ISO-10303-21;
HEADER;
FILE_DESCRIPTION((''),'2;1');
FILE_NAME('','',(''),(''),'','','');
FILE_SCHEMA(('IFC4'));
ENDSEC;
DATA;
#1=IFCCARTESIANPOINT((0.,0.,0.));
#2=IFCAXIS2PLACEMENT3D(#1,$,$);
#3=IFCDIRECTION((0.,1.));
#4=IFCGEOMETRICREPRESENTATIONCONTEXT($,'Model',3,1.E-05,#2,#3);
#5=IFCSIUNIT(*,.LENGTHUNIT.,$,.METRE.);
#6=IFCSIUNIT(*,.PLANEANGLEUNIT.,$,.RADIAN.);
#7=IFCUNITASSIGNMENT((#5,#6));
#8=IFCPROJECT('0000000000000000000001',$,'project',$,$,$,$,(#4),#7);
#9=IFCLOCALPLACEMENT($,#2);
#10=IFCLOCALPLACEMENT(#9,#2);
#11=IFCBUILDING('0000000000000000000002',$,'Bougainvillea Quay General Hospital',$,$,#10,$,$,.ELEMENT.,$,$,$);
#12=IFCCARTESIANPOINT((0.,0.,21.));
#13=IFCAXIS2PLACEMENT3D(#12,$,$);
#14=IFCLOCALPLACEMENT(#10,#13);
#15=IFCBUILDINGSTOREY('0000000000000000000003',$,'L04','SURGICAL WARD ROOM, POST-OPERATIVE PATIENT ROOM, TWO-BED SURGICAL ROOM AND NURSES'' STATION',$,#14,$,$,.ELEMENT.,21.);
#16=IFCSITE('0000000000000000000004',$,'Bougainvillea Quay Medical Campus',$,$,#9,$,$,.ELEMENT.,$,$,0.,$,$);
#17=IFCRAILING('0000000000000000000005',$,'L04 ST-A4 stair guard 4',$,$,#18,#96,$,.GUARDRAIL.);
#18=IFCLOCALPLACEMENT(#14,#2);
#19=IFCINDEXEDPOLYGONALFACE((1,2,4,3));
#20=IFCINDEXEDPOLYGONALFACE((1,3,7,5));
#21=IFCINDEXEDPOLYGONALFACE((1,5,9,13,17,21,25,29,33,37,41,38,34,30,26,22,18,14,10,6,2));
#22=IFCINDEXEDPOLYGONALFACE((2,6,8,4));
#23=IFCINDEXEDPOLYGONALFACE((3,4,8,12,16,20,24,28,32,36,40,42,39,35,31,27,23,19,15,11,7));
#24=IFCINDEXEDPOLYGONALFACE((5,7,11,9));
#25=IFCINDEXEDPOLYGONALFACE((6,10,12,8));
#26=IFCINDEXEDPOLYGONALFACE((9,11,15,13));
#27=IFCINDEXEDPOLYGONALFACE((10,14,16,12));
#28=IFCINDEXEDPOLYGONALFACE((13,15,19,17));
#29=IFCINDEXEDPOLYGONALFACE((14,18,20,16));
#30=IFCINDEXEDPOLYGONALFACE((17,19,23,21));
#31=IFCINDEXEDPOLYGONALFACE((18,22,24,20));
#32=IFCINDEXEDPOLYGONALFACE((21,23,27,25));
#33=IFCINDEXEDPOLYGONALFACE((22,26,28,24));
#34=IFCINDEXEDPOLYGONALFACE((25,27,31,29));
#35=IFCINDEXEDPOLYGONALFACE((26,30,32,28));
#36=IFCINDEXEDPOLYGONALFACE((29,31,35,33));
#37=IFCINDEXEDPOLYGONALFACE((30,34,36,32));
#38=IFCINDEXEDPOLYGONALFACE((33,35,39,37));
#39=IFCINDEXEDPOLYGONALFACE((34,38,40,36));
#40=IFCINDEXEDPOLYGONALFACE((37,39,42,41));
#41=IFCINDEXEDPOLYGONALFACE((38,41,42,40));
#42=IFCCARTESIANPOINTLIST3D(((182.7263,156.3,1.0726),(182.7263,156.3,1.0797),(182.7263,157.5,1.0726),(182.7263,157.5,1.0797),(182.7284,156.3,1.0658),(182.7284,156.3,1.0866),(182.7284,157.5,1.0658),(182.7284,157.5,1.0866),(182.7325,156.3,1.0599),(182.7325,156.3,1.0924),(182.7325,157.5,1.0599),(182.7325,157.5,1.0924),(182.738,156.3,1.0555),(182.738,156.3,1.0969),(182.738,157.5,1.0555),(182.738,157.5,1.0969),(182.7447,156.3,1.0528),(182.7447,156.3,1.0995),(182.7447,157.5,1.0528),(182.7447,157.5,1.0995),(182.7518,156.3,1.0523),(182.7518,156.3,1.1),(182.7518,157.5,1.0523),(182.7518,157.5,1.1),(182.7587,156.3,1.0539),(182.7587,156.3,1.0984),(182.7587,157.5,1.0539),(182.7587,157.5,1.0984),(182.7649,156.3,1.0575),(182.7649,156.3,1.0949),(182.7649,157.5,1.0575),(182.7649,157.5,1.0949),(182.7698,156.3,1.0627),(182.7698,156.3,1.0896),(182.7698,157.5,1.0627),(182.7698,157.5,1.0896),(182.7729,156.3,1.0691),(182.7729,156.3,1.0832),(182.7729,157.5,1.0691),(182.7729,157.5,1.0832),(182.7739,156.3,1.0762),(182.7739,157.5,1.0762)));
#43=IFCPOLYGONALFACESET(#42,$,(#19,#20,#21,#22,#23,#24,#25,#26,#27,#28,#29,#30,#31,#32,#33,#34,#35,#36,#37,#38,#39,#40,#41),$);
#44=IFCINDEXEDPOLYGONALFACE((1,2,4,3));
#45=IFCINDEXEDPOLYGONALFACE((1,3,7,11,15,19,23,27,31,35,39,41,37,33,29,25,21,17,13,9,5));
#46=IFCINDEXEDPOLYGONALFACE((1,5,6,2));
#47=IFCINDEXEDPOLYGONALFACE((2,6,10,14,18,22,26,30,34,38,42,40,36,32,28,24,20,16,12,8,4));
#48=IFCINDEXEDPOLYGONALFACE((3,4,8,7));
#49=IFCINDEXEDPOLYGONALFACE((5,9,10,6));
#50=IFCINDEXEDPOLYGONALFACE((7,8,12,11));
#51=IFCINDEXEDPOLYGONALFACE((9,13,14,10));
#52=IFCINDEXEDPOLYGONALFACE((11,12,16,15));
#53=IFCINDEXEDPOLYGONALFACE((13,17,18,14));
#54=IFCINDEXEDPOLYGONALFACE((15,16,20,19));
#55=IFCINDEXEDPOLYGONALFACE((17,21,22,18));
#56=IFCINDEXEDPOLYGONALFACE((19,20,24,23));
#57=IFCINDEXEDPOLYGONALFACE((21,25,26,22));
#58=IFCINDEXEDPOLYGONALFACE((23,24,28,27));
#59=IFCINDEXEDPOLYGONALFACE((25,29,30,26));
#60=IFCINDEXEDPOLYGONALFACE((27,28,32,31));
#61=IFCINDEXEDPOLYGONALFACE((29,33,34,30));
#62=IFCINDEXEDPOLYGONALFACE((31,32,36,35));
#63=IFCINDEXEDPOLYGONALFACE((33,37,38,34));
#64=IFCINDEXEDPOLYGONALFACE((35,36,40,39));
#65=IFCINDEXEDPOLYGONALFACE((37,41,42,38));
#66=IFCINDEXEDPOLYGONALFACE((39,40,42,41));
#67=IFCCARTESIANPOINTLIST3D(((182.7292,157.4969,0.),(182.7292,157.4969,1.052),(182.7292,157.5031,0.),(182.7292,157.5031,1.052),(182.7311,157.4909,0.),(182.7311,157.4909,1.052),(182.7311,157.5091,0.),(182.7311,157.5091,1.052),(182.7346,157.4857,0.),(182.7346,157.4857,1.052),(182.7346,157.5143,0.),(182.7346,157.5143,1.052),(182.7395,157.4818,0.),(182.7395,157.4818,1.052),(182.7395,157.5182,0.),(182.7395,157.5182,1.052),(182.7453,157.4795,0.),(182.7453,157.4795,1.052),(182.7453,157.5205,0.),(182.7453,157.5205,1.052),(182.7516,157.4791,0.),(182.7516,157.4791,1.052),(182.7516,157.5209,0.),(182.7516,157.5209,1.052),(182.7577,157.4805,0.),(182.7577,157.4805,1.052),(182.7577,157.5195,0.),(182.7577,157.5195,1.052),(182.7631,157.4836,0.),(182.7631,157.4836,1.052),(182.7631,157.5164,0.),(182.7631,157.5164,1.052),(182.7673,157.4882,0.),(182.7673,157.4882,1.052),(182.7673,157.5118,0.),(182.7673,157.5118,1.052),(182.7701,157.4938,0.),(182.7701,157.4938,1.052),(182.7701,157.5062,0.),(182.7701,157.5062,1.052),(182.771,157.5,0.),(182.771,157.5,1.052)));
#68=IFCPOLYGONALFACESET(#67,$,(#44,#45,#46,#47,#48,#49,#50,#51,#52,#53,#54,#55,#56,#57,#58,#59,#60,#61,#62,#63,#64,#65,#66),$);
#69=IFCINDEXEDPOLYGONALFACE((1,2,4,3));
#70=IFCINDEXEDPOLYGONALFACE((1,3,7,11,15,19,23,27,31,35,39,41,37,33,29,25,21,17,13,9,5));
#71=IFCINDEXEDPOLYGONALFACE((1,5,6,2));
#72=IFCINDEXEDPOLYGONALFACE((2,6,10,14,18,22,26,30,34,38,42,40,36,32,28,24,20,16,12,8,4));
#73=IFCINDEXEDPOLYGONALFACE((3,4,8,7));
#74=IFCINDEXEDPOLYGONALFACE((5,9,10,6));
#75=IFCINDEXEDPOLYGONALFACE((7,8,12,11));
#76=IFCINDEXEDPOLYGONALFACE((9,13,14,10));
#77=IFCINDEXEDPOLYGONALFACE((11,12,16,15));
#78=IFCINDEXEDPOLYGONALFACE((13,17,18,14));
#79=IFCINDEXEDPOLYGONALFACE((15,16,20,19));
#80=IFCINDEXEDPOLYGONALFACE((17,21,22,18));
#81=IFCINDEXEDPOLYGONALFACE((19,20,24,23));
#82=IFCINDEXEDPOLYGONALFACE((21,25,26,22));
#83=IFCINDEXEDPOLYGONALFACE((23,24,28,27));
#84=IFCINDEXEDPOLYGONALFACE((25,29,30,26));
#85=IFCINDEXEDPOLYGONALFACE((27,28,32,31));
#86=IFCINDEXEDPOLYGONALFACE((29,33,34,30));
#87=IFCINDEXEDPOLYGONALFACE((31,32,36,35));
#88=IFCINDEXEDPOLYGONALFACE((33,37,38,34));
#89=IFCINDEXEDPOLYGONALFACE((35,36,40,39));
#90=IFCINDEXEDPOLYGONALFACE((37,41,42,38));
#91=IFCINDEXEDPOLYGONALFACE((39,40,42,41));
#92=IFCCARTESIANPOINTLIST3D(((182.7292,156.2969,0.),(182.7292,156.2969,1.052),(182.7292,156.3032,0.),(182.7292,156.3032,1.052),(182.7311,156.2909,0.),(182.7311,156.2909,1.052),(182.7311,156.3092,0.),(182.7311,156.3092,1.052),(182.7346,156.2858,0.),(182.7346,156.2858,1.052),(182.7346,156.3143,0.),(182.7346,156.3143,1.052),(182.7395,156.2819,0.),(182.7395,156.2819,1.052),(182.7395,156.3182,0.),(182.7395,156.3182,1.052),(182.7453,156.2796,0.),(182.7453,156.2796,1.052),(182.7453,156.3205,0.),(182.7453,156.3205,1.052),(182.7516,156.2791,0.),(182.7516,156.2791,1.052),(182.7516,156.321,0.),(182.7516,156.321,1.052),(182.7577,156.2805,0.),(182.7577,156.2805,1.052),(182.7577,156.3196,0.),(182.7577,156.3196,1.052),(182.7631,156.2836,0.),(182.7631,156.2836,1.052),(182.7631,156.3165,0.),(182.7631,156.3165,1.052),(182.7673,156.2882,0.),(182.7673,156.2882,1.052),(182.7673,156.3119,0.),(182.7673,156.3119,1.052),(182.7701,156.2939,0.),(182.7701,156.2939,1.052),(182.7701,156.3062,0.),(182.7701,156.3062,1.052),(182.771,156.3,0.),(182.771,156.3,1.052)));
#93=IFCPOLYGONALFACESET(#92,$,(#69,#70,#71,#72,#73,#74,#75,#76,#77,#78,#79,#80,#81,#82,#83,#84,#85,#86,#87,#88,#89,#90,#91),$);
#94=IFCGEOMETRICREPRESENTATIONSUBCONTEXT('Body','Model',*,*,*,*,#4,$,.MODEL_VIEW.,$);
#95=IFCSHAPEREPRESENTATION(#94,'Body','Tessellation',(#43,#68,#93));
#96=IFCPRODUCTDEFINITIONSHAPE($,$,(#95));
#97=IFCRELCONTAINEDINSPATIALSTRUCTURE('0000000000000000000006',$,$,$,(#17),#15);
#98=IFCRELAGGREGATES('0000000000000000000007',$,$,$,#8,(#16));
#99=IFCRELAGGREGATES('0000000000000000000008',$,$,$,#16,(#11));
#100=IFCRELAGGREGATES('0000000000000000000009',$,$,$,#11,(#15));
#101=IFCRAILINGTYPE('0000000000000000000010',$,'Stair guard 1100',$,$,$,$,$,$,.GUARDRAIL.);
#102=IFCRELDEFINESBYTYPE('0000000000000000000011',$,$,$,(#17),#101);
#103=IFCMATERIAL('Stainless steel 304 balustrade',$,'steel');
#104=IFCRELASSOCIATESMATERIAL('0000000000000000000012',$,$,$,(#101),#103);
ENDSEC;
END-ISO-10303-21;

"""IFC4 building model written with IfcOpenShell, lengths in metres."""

from ifc_helpers import new_model, si_unit, direction, frame, origin, origin_2d, place, context, subcontext, project, spatial, circle, extrude, material, type_object, element, save


model = new_model("IFC4")

# Units and contexts
model_context = context("Model", 3, precision=1e-05, world=origin(), true_north=direction((0.0, 1.0)))
body_context = subcontext(model_context, "Body", "Model", "MODEL_VIEW")
ifc_project = project(units=[si_unit("LENGTHUNIT", "METRE"), si_unit("PLANEANGLEUNIT", "RADIAN")], contexts=[model_context])

# Site, building, storey
site_placement = place(None, origin())
site = spatial("IfcSite", under=ifc_project, at=site_placement, Name="Bougainvillea Quay Medical Campus", CompositionType="ELEMENT", RefElevation=0.0)
building_placement = place(site_placement, origin())
building = spatial("IfcBuilding", under=site, at=building_placement, Name="Bougainvillea Quay General Hospital", CompositionType="ELEMENT")
storey_placement = place(building_placement, frame((0.0, 0.0, 21.0)))
storey = spatial("IfcBuildingStorey", under=building, at=storey_placement, Name="L04", Description="SURGICAL WARD ROOM, POST-OPERATIVE PATIENT ROOM, TWO-BED SURGICAL ROOM AND NURSES' STATION", CompositionType="ELEMENT", Elevation=21.0)

# Railing
ifc_material_1 = material(Name="Stainless steel 304 balustrade", Category="steel")
railing_type_1 = type_object("IfcRailingType", Name="Stair guard 1100", PredefinedType="GUARDRAIL", material=ifc_material_1)
railing_1_placement = place(storey_placement, frame((182.75, 157.5, 0.0)))
element("IfcRailing", 1, at=railing_1_placement, inside=storey, type_object=railing_type_1, Name="L04 ST-A4 stair guard 4", PredefinedType="GUARDRAIL", context=body_context, shape_type="SweptSolid", body=[
    extrude(circle(Radius=0.0239, at=origin_2d()), frame((0.0, 0.0, 1.0762), z_axis=(0.0, -1.0, 0.0), x_axis=(1.0, 0.0, 0.0)), (0.0, 0.0, 1.0), 1.2),
    extrude(circle(Radius=0.021, at=origin_2d()), origin(), (0.0, 0.0, 1.0), 1.052),
    extrude(circle(Radius=0.021, at=origin_2d()), frame((0.0, -1.2, 0.0)), (0.0, 0.0, 1.0), 1.052),
])

save(model, "model.ifc")
